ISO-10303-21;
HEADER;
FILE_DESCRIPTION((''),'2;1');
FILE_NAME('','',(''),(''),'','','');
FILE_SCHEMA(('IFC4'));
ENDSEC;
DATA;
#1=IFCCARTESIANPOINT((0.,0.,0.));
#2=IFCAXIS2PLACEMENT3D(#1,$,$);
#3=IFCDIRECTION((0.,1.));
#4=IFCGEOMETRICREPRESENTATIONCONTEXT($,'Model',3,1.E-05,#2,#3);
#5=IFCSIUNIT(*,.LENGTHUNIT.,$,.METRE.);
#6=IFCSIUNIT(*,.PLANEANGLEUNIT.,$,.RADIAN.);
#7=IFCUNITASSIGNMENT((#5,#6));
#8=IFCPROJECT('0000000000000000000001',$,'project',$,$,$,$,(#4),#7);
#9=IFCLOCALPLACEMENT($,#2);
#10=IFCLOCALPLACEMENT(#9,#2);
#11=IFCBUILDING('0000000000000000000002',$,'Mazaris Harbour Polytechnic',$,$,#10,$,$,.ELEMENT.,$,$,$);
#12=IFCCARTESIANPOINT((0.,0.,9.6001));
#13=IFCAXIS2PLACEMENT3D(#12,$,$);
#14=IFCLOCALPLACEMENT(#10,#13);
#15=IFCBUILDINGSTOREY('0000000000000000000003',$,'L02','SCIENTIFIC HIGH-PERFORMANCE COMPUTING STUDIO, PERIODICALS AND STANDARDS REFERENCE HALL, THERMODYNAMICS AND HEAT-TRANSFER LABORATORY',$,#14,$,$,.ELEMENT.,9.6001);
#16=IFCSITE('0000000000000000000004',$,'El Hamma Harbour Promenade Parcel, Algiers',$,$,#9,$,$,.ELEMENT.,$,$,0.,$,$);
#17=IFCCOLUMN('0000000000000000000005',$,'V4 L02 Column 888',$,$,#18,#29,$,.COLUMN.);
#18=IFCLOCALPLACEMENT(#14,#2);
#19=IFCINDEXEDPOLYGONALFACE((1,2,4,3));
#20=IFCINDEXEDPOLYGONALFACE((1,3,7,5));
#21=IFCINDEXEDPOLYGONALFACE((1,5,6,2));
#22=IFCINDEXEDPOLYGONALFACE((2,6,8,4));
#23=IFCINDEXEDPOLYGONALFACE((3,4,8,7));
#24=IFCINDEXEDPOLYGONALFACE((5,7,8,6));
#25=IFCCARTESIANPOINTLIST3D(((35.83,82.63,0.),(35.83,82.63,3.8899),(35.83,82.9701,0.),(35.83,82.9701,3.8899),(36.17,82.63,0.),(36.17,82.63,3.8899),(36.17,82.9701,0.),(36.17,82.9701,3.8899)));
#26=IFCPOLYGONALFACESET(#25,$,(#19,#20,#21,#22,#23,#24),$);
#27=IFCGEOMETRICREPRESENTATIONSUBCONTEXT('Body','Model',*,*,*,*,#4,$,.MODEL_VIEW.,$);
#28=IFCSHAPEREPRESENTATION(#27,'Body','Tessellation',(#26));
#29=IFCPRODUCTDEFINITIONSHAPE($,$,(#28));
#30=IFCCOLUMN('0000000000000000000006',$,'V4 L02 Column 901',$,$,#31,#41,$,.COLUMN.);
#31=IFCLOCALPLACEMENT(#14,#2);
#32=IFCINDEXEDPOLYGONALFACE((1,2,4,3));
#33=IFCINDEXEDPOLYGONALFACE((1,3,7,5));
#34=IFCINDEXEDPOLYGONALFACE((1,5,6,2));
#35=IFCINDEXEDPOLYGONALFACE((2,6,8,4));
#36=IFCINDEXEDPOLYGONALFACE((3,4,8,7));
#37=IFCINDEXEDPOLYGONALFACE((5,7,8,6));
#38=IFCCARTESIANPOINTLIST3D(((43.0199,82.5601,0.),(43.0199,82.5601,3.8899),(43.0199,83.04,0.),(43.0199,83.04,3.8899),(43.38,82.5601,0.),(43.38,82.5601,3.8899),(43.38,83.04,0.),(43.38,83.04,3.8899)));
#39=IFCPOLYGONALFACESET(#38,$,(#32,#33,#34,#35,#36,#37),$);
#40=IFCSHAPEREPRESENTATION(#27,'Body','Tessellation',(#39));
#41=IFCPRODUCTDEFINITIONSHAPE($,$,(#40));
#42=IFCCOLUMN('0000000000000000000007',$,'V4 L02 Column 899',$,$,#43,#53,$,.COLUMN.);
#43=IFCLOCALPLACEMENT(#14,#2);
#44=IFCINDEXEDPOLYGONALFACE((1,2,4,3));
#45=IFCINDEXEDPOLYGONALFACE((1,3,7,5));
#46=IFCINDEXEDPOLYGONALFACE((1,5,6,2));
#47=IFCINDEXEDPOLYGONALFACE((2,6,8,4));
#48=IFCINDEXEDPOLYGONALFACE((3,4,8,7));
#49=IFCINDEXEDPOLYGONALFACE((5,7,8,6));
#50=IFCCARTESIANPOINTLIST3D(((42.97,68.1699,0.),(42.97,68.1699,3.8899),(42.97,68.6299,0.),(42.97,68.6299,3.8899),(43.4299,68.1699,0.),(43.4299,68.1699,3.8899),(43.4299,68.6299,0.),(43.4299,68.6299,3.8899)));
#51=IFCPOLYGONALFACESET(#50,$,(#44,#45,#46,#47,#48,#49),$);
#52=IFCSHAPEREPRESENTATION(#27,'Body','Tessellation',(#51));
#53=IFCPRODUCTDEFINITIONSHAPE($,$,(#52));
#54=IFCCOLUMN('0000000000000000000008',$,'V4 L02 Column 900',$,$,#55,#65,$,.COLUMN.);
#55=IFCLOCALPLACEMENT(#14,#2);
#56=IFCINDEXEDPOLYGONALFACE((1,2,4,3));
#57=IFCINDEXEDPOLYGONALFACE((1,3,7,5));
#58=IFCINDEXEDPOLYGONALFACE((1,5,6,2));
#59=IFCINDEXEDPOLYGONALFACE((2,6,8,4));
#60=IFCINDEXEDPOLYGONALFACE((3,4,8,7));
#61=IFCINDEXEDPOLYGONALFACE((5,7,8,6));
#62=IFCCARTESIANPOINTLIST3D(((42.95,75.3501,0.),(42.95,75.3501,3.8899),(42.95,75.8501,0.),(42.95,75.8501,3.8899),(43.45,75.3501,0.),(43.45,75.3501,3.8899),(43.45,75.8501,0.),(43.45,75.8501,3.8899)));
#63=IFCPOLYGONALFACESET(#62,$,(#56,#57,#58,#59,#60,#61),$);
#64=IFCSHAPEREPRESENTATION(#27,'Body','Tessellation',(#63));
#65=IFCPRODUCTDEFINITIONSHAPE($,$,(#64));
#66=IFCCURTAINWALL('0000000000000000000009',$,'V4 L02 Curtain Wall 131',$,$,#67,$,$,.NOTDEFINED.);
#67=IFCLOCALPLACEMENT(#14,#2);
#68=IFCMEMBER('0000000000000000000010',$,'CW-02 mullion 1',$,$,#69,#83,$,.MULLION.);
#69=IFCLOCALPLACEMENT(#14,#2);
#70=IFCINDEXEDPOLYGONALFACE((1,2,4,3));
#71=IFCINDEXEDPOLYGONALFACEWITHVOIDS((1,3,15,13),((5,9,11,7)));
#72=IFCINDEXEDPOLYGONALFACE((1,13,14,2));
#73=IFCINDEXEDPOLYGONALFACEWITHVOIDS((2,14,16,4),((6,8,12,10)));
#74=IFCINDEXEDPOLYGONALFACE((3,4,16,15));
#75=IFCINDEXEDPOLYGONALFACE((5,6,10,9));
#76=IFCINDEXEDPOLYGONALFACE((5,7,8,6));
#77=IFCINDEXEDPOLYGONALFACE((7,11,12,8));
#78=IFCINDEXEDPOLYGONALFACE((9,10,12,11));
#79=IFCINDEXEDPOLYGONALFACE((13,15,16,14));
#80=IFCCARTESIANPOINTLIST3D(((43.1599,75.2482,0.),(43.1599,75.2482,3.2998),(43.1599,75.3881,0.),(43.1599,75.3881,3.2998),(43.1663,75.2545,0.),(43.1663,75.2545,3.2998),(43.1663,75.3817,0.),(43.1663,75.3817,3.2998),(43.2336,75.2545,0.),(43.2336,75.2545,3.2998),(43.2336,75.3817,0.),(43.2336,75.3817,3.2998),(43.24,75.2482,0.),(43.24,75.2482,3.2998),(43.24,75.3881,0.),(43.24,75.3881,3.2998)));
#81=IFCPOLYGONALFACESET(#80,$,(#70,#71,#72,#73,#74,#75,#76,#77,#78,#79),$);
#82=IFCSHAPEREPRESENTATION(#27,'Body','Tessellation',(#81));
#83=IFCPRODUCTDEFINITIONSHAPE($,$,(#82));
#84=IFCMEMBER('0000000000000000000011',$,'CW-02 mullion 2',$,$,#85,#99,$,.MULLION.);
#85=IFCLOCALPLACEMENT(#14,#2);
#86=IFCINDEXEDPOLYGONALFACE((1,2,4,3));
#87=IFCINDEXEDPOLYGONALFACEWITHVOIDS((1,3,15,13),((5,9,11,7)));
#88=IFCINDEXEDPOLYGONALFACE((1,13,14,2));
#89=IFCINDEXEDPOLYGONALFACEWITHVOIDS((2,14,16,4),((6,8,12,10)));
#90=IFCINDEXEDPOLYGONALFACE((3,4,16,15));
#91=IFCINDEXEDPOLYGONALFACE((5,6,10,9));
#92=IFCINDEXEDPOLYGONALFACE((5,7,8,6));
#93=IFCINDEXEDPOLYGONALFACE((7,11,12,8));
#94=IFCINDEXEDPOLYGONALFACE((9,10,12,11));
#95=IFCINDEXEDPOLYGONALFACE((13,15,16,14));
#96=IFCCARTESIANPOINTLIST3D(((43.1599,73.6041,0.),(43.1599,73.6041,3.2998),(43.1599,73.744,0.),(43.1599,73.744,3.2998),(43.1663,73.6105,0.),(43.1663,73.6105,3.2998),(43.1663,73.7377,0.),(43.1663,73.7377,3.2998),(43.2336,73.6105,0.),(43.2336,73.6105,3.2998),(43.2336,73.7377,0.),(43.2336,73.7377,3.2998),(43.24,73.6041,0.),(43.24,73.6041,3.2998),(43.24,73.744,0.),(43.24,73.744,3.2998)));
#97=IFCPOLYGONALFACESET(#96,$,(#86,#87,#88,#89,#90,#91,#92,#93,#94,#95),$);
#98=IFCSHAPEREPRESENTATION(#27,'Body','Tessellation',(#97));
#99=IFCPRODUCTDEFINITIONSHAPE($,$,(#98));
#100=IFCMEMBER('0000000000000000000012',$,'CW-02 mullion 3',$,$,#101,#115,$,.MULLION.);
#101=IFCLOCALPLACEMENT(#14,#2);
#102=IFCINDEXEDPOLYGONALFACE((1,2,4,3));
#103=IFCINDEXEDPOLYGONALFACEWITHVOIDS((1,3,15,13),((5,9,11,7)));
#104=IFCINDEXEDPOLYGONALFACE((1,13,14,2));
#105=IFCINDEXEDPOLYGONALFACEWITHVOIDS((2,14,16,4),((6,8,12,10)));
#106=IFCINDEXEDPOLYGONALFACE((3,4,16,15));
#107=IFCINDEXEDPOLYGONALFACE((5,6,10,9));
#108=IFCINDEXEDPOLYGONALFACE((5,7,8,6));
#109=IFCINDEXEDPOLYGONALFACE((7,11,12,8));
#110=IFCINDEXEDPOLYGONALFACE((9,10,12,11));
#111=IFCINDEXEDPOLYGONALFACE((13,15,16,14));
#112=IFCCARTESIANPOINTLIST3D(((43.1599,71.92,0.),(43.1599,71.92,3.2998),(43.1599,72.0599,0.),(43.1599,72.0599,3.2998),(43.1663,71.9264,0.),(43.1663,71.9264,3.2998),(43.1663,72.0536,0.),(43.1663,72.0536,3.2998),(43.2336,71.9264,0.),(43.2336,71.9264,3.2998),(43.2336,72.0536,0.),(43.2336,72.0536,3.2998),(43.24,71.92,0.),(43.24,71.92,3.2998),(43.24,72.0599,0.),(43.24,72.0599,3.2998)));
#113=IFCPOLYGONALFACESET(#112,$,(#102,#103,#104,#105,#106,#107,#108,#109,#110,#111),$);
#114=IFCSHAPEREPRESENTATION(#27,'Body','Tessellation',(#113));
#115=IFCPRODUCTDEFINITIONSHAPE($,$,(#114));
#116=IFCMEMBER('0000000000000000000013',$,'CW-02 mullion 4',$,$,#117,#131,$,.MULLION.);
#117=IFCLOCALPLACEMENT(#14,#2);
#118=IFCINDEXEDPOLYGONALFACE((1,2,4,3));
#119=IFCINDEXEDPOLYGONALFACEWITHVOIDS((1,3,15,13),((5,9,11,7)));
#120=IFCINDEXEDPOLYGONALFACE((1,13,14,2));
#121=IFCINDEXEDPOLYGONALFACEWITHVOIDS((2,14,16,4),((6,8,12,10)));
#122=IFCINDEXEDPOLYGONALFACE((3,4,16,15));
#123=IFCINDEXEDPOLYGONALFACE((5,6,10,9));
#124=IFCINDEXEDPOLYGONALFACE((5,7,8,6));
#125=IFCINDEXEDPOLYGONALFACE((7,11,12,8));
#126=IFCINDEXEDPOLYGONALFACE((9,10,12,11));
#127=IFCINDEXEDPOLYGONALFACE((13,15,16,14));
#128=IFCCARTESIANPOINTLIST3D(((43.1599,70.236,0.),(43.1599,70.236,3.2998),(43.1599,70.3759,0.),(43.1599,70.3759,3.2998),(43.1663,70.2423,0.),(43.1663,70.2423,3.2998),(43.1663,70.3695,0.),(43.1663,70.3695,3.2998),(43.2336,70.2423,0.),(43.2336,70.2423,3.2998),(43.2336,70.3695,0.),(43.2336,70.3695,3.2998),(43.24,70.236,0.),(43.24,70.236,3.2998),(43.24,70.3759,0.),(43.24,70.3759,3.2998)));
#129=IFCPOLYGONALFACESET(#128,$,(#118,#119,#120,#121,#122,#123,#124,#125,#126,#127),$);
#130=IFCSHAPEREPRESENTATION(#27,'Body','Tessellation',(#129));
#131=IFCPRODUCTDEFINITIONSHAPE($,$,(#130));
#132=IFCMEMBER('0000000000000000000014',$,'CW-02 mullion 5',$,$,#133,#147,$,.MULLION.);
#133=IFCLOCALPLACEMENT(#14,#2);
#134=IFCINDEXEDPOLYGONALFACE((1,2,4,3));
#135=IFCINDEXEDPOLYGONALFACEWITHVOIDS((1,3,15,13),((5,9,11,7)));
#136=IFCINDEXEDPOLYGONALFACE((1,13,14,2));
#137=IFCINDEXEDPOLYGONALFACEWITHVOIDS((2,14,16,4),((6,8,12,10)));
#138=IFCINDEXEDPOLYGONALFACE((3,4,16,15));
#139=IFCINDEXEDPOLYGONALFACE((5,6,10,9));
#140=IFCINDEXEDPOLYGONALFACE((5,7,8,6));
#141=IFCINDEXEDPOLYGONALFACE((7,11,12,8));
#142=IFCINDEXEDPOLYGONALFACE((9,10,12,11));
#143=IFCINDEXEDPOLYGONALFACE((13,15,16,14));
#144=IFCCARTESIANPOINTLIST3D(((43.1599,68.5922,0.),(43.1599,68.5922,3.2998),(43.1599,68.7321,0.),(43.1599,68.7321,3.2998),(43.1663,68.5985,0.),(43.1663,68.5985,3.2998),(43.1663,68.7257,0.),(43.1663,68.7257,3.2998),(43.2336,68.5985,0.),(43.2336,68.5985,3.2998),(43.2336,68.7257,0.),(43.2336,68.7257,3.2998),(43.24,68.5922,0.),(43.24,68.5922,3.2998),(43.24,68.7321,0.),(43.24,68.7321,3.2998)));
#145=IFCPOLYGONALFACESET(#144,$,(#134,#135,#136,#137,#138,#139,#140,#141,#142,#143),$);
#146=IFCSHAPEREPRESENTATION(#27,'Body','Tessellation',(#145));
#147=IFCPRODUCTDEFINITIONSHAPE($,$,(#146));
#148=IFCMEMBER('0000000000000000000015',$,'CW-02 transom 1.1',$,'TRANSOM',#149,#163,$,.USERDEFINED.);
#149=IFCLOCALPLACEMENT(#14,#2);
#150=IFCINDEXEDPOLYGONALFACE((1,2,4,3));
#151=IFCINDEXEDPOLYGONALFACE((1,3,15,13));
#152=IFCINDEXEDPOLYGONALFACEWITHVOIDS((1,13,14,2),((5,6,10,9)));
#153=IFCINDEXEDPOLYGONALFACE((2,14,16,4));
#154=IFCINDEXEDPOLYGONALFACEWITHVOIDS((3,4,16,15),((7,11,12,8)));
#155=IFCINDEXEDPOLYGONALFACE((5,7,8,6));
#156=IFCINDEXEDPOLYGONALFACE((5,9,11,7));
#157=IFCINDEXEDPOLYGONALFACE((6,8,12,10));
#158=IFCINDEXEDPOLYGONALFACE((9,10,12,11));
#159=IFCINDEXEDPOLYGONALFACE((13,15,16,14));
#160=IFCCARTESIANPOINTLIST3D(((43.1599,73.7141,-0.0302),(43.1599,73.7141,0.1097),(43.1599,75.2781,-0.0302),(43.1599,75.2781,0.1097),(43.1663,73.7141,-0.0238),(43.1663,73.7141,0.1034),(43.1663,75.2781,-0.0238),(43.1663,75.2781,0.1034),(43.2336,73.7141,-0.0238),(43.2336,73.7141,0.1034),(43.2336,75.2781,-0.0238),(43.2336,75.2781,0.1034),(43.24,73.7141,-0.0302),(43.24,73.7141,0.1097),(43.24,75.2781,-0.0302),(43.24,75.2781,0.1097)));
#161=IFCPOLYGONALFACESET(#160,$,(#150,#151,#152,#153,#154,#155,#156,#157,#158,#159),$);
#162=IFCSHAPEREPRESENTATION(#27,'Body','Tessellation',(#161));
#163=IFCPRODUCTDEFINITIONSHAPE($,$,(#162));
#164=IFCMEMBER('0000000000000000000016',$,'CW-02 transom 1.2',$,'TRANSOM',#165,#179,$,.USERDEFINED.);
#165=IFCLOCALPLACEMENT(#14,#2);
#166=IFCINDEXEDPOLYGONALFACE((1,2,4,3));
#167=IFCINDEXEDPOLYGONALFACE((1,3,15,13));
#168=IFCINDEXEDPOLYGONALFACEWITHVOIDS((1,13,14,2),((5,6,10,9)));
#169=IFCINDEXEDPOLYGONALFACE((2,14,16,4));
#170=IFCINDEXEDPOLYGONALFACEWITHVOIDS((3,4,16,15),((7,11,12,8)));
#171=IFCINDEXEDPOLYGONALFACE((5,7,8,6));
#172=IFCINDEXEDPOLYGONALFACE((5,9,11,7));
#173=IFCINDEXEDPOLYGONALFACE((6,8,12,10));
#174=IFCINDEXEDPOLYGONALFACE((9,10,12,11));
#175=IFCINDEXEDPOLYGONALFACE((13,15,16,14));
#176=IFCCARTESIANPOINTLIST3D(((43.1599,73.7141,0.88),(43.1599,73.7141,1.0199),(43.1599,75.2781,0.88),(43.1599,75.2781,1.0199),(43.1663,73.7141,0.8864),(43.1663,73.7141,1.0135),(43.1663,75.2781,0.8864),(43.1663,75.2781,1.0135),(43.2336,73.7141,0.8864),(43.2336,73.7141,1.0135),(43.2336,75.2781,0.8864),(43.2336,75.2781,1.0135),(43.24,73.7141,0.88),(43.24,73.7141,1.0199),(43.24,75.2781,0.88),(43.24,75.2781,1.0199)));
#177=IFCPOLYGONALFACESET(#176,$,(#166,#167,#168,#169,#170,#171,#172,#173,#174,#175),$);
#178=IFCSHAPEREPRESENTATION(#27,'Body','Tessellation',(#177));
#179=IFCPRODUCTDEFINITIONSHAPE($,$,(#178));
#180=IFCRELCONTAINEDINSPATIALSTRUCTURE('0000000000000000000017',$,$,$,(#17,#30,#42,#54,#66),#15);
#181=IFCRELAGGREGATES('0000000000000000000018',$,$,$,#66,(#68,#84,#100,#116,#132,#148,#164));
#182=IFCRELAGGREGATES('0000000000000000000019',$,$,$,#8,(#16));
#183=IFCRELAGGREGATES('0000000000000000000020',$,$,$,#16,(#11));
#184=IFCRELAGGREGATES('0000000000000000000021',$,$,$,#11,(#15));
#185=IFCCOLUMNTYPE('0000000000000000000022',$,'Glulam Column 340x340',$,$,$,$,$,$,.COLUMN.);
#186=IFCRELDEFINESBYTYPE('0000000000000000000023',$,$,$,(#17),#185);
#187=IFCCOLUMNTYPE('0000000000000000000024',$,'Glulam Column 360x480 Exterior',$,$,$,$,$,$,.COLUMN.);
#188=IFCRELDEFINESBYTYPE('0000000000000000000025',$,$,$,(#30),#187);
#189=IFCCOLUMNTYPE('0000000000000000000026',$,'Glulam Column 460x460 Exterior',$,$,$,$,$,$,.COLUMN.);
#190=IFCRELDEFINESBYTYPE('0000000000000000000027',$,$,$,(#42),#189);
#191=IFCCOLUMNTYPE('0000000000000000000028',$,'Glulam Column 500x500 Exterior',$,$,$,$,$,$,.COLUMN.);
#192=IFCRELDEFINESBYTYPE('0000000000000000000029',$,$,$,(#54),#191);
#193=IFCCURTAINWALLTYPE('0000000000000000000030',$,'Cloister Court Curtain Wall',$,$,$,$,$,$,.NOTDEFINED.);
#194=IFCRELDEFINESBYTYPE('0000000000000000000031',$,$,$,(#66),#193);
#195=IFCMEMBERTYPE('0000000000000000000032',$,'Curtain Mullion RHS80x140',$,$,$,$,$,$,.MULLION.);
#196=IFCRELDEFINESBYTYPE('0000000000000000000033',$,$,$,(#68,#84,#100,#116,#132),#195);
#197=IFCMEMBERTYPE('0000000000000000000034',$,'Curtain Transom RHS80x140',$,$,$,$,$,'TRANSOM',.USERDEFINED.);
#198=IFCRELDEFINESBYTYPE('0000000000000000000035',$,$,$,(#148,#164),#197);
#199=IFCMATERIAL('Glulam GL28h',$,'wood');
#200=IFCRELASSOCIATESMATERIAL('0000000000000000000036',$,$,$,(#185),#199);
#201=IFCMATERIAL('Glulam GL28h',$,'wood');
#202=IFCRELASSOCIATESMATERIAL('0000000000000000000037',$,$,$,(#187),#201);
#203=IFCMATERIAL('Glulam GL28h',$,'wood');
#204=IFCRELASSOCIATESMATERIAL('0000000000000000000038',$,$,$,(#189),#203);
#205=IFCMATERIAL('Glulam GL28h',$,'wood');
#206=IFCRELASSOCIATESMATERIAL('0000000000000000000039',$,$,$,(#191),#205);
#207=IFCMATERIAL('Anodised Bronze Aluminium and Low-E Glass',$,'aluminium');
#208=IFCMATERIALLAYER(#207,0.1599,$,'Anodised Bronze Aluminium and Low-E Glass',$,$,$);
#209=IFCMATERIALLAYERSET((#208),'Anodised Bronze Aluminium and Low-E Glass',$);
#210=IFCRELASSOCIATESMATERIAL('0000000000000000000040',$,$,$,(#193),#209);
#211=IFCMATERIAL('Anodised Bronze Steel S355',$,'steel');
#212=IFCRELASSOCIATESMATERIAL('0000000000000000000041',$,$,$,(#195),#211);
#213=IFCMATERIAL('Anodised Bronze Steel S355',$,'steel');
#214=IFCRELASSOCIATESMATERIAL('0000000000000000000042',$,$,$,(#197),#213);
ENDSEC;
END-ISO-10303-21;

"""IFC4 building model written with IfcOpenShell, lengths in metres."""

from ifc_helpers import new_model, si_unit, direction, frame, origin, origin_2d, place, context, subcontext, project, spatial, rectangle, hollow_rectangle, extrude, material, layer, layer_set, material_profile, profile_set, type_object, element, aggregate, save


model = new_model("IFC4")

# Units and contexts
model_context = context("Model", 3, precision=1e-05, world=origin(), true_north=direction((0.0, 1.0)))
body_context = subcontext(model_context, "Body", "Model", "MODEL_VIEW")
ifc_project = project(units=[si_unit("LENGTHUNIT", "METRE"), si_unit("PLANEANGLEUNIT", "RADIAN")], contexts=[model_context])

# Site, building, storey
site_placement = place(None, origin())
site = spatial("IfcSite", under=ifc_project, at=site_placement, Name="El Hamma Harbour Promenade Parcel, Algiers", CompositionType="ELEMENT", RefElevation=0.0)
building_placement = place(site_placement, origin())
building = spatial("IfcBuilding", under=site, at=building_placement, Name="Mazaris Harbour Polytechnic", CompositionType="ELEMENT")
storey_placement = place(building_placement, frame((0.0, 0.0, 9.6001)))
storey = spatial("IfcBuildingStorey", under=building, at=storey_placement, Name="L02", Description="SCIENTIFIC HIGH-PERFORMANCE COMPUTING STUDIO, PERIODICALS AND STANDARDS REFERENCE HALL, THERMODYNAMICS AND HEAT-TRANSFER LABORATORY", CompositionType="ELEMENT", Elevation=9.6001)

# Columns
ifc_material_1 = material(Name="Glulam GL28h", Category="wood")
ifc_material_profile_1 = material_profile(ifc_material_1, rectangle(XDim=0.3401, YDim=0.3401, at=origin_2d()), Name="RECT340x340")
ifc_profile_set_1 = profile_set([ifc_material_profile_1], Name="Glulam GL28h")
column_type_1 = type_object("IfcColumnType", Name="Glulam Column 340x340", PredefinedType="COLUMN", material=ifc_profile_set_1)
column_1_placement = place(storey_placement, frame((36.0, 82.8, 0.0), z_axis=(0.0, 0.0, 1.0), x_axis=(1.0, 0.0, 0.0)))
element("IfcColumn", 1, at=column_1_placement, inside=storey, type_object=column_type_1, Name="V4 L02 Column 888", PredefinedType="COLUMN", context=body_context, shape_type="SweptSolid", body=[
    extrude(rectangle(XDim=0.3401, YDim=0.3401, at=origin_2d()), origin(), (0.0, 0.0, 1.0), 3.8899),
])
ifc_material_2 = material(Name="Glulam GL28h", Category="wood")
ifc_material_profile_2 = material_profile(ifc_material_2, rectangle(XDim=0.3601, YDim=0.48, at=origin_2d()), Name="RECT360x480")
ifc_profile_set_2 = profile_set([ifc_material_profile_2], Name="Glulam GL28h")
column_type_2 = type_object("IfcColumnType", Name="Glulam Column 360x480 Exterior", PredefinedType="COLUMN", material=ifc_profile_set_2)
column_2_placement = place(storey_placement, frame((43.2, 82.8, 0.0), z_axis=(0.0, 0.0, 1.0), x_axis=(1.0, 0.0, 0.0)))
element("IfcColumn", 2, at=column_2_placement, inside=storey, type_object=column_type_2, Name="V4 L02 Column 901", PredefinedType="COLUMN", context=body_context, shape_type="SweptSolid", body=[
    extrude(rectangle(XDim=0.3601, YDim=0.48, at=origin_2d()), origin(), (0.0, 0.0, 1.0), 3.8899),
])
ifc_material_3 = material(Name="Glulam GL28h", Category="wood")
ifc_material_profile_3 = material_profile(ifc_material_3, rectangle(XDim=0.46, YDim=0.46, at=origin_2d()), Name="RECT460x460")
ifc_profile_set_3 = profile_set([ifc_material_profile_3], Name="Glulam GL28h")
column_type_3 = type_object("IfcColumnType", Name="Glulam Column 460x460 Exterior", PredefinedType="COLUMN", material=ifc_profile_set_3)
column_3_placement = place(storey_placement, frame((43.2, 68.3999, 0.0), z_axis=(0.0, 0.0, 1.0), x_axis=(1.0, 0.0, 0.0)))
element("IfcColumn", 3, at=column_3_placement, inside=storey, type_object=column_type_3, Name="V4 L02 Column 899", PredefinedType="COLUMN", context=body_context, shape_type="SweptSolid", body=[
    extrude(rectangle(XDim=0.46, YDim=0.46, at=origin_2d()), origin(), (0.0, 0.0, 1.0), 3.8899),
])
ifc_material_4 = material(Name="Glulam GL28h", Category="wood")
ifc_material_profile_4 = material_profile(ifc_material_4, rectangle(XDim=0.5, YDim=0.5, at=origin_2d()), Name="RECT500x500")
ifc_profile_set_4 = profile_set([ifc_material_profile_4], Name="Glulam GL28h")
column_type_4 = type_object("IfcColumnType", Name="Glulam Column 500x500 Exterior", PredefinedType="COLUMN", material=ifc_profile_set_4)
column_4_placement = place(storey_placement, frame((43.2, 75.6001, 0.0), z_axis=(0.0, 0.0, 1.0), x_axis=(1.0, 0.0, 0.0)))
element("IfcColumn", 4, at=column_4_placement, inside=storey, type_object=column_type_4, Name="V4 L02 Column 900", PredefinedType="COLUMN", context=body_context, shape_type="SweptSolid", body=[
    extrude(rectangle(XDim=0.5, YDim=0.5, at=origin_2d()), origin(), (0.0, 0.0, 1.0), 3.8899),
])

# Curtain wall, members
ifc_material_5 = material(Name="Anodised Bronze Aluminium and Low-E Glass", Category="aluminium")
ifc_layer_1 = layer(ifc_material_5, 0.1599, Name="Anodised Bronze Aluminium and Low-E Glass")
ifc_layer_set_1 = layer_set([ifc_layer_1], Name="Anodised Bronze Aluminium and Low-E Glass")
curtain_wall_type = type_object("IfcCurtainWallType", Name="Cloister Court Curtain Wall", PredefinedType="NOTDEFINED", material=ifc_layer_set_1)
curtain_wall_placement = place(storey_placement, origin())
curtain_wall = element("IfcCurtainWall", 5, at=curtain_wall_placement, inside=storey, type_object=curtain_wall_type, Name="V4 L02 Curtain Wall 131", PredefinedType="NOTDEFINED")
ifc_material_6 = material(Name="Anodised Bronze Steel S355", Category="steel")
ifc_material_profile_5 = material_profile(ifc_material_6, hollow_rectangle(XDim=0.0801, YDim=0.1399, WallThickness=0.0063, at=origin_2d()), Name="RHS 80x140x6.3")
ifc_profile_set_5 = profile_set([ifc_material_profile_5], Name="Anodised Bronze Steel S355")
member_type_1 = type_object("IfcMemberType", Name="Curtain Mullion RHS80x140", PredefinedType="MULLION", material=ifc_profile_set_5)
member_1_placement = place(storey_placement, frame((43.2, 75.3181, 0.0), z_axis=(0.0, 0.0, 1.0), x_axis=(1.0, 0.0, 0.0)))
member_1 = element("IfcMember", 6, at=member_1_placement, type_object=member_type_1, Name="CW-02 mullion 1", PredefinedType="MULLION", context=body_context, shape_type="SweptSolid", body=[
    extrude(hollow_rectangle(XDim=0.0801, YDim=0.1399, WallThickness=0.0063, at=origin_2d()), origin(), (0.0, 0.0, 1.0), 3.2998),
])
member_2_placement = place(storey_placement, frame((43.2, 73.6741, 0.0), z_axis=(0.0, 0.0, 1.0), x_axis=(1.0, 0.0, 0.0)))
member_2 = element("IfcMember", 7, at=member_2_placement, type_object=member_type_1, Name="CW-02 mullion 2", PredefinedType="MULLION", context=body_context, shape_type="SweptSolid", body=[
    extrude(hollow_rectangle(XDim=0.0801, YDim=0.1399, WallThickness=0.0063, at=origin_2d()), origin(), (0.0, 0.0, 1.0), 3.2998),
])
member_3_placement = place(storey_placement, frame((43.2, 71.99, 0.0), z_axis=(0.0, 0.0, 1.0), x_axis=(1.0, 0.0, 0.0)))
member_3 = element("IfcMember", 8, at=member_3_placement, type_object=member_type_1, Name="CW-02 mullion 3", PredefinedType="MULLION", context=body_context, shape_type="SweptSolid", body=[
    extrude(hollow_rectangle(XDim=0.0801, YDim=0.1399, WallThickness=0.0063, at=origin_2d()), origin(), (0.0, 0.0, 1.0), 3.2998),
])
member_4_placement = place(storey_placement, frame((43.2, 70.3059, 0.0), z_axis=(0.0, 0.0, 1.0), x_axis=(1.0, 0.0, 0.0)))
member_4 = element("IfcMember", 9, at=member_4_placement, type_object=member_type_1, Name="CW-02 mullion 4", PredefinedType="MULLION", context=body_context, shape_type="SweptSolid", body=[
    extrude(hollow_rectangle(XDim=0.0801, YDim=0.1399, WallThickness=0.0063, at=origin_2d()), origin(), (0.0, 0.0, 1.0), 3.2998),
])
member_5_placement = place(storey_placement, frame((43.2, 68.6621, 0.0), z_axis=(0.0, 0.0, 1.0), x_axis=(1.0, 0.0, 0.0)))
member_5 = element("IfcMember", 10, at=member_5_placement, type_object=member_type_1, Name="CW-02 mullion 5", PredefinedType="MULLION", context=body_context, shape_type="SweptSolid", body=[
    extrude(hollow_rectangle(XDim=0.0801, YDim=0.1399, WallThickness=0.0063, at=origin_2d()), origin(), (0.0, 0.0, 1.0), 3.2998),
])
ifc_material_7 = material(Name="Anodised Bronze Steel S355", Category="steel")
ifc_material_profile_6 = material_profile(ifc_material_7, hollow_rectangle(XDim=0.0801, YDim=0.1399, WallThickness=0.0063, at=origin_2d()), Name="RHS 80x140x6.3")
ifc_profile_set_6 = profile_set([ifc_material_profile_6], Name="Anodised Bronze Steel S355")
member_type_2 = type_object("IfcMemberType", Name="Curtain Transom RHS80x140", ElementType="TRANSOM", PredefinedType="USERDEFINED", material=ifc_profile_set_6)
member_6_placement = place(storey_placement, frame((43.2, 75.2781, 0.0398), z_axis=(0.0, -1.0, 0.0), x_axis=(1.0, 0.0, 0.0)))
member_6 = element("IfcMember", 11, at=member_6_placement, type_object=member_type_2, Name="CW-02 transom 1.1", ObjectType="TRANSOM", PredefinedType="USERDEFINED", context=body_context, shape_type="SweptSolid", body=[
    extrude(hollow_rectangle(XDim=0.0801, YDim=0.1399, WallThickness=0.0063, at=origin_2d()), origin(), (0.0, 0.0, 1.0), 1.564),
])
member_7_placement = place(storey_placement, frame((43.2, 75.2781, 0.95), z_axis=(0.0, -1.0, 0.0), x_axis=(1.0, 0.0, 0.0)))
member_7 = element("IfcMember", 12, at=member_7_placement, type_object=member_type_2, Name="CW-02 transom 1.2", ObjectType="TRANSOM", PredefinedType="USERDEFINED", context=body_context, shape_type="SweptSolid", body=[
    extrude(hollow_rectangle(XDim=0.0801, YDim=0.1399, WallThickness=0.0063, at=origin_2d()), origin(), (0.0, 0.0, 1.0), 1.564),
])

aggregate(curtain_wall, [member_1, member_2, member_3, member_4, member_5, member_6, member_7])

save(model, "model.ifc")
